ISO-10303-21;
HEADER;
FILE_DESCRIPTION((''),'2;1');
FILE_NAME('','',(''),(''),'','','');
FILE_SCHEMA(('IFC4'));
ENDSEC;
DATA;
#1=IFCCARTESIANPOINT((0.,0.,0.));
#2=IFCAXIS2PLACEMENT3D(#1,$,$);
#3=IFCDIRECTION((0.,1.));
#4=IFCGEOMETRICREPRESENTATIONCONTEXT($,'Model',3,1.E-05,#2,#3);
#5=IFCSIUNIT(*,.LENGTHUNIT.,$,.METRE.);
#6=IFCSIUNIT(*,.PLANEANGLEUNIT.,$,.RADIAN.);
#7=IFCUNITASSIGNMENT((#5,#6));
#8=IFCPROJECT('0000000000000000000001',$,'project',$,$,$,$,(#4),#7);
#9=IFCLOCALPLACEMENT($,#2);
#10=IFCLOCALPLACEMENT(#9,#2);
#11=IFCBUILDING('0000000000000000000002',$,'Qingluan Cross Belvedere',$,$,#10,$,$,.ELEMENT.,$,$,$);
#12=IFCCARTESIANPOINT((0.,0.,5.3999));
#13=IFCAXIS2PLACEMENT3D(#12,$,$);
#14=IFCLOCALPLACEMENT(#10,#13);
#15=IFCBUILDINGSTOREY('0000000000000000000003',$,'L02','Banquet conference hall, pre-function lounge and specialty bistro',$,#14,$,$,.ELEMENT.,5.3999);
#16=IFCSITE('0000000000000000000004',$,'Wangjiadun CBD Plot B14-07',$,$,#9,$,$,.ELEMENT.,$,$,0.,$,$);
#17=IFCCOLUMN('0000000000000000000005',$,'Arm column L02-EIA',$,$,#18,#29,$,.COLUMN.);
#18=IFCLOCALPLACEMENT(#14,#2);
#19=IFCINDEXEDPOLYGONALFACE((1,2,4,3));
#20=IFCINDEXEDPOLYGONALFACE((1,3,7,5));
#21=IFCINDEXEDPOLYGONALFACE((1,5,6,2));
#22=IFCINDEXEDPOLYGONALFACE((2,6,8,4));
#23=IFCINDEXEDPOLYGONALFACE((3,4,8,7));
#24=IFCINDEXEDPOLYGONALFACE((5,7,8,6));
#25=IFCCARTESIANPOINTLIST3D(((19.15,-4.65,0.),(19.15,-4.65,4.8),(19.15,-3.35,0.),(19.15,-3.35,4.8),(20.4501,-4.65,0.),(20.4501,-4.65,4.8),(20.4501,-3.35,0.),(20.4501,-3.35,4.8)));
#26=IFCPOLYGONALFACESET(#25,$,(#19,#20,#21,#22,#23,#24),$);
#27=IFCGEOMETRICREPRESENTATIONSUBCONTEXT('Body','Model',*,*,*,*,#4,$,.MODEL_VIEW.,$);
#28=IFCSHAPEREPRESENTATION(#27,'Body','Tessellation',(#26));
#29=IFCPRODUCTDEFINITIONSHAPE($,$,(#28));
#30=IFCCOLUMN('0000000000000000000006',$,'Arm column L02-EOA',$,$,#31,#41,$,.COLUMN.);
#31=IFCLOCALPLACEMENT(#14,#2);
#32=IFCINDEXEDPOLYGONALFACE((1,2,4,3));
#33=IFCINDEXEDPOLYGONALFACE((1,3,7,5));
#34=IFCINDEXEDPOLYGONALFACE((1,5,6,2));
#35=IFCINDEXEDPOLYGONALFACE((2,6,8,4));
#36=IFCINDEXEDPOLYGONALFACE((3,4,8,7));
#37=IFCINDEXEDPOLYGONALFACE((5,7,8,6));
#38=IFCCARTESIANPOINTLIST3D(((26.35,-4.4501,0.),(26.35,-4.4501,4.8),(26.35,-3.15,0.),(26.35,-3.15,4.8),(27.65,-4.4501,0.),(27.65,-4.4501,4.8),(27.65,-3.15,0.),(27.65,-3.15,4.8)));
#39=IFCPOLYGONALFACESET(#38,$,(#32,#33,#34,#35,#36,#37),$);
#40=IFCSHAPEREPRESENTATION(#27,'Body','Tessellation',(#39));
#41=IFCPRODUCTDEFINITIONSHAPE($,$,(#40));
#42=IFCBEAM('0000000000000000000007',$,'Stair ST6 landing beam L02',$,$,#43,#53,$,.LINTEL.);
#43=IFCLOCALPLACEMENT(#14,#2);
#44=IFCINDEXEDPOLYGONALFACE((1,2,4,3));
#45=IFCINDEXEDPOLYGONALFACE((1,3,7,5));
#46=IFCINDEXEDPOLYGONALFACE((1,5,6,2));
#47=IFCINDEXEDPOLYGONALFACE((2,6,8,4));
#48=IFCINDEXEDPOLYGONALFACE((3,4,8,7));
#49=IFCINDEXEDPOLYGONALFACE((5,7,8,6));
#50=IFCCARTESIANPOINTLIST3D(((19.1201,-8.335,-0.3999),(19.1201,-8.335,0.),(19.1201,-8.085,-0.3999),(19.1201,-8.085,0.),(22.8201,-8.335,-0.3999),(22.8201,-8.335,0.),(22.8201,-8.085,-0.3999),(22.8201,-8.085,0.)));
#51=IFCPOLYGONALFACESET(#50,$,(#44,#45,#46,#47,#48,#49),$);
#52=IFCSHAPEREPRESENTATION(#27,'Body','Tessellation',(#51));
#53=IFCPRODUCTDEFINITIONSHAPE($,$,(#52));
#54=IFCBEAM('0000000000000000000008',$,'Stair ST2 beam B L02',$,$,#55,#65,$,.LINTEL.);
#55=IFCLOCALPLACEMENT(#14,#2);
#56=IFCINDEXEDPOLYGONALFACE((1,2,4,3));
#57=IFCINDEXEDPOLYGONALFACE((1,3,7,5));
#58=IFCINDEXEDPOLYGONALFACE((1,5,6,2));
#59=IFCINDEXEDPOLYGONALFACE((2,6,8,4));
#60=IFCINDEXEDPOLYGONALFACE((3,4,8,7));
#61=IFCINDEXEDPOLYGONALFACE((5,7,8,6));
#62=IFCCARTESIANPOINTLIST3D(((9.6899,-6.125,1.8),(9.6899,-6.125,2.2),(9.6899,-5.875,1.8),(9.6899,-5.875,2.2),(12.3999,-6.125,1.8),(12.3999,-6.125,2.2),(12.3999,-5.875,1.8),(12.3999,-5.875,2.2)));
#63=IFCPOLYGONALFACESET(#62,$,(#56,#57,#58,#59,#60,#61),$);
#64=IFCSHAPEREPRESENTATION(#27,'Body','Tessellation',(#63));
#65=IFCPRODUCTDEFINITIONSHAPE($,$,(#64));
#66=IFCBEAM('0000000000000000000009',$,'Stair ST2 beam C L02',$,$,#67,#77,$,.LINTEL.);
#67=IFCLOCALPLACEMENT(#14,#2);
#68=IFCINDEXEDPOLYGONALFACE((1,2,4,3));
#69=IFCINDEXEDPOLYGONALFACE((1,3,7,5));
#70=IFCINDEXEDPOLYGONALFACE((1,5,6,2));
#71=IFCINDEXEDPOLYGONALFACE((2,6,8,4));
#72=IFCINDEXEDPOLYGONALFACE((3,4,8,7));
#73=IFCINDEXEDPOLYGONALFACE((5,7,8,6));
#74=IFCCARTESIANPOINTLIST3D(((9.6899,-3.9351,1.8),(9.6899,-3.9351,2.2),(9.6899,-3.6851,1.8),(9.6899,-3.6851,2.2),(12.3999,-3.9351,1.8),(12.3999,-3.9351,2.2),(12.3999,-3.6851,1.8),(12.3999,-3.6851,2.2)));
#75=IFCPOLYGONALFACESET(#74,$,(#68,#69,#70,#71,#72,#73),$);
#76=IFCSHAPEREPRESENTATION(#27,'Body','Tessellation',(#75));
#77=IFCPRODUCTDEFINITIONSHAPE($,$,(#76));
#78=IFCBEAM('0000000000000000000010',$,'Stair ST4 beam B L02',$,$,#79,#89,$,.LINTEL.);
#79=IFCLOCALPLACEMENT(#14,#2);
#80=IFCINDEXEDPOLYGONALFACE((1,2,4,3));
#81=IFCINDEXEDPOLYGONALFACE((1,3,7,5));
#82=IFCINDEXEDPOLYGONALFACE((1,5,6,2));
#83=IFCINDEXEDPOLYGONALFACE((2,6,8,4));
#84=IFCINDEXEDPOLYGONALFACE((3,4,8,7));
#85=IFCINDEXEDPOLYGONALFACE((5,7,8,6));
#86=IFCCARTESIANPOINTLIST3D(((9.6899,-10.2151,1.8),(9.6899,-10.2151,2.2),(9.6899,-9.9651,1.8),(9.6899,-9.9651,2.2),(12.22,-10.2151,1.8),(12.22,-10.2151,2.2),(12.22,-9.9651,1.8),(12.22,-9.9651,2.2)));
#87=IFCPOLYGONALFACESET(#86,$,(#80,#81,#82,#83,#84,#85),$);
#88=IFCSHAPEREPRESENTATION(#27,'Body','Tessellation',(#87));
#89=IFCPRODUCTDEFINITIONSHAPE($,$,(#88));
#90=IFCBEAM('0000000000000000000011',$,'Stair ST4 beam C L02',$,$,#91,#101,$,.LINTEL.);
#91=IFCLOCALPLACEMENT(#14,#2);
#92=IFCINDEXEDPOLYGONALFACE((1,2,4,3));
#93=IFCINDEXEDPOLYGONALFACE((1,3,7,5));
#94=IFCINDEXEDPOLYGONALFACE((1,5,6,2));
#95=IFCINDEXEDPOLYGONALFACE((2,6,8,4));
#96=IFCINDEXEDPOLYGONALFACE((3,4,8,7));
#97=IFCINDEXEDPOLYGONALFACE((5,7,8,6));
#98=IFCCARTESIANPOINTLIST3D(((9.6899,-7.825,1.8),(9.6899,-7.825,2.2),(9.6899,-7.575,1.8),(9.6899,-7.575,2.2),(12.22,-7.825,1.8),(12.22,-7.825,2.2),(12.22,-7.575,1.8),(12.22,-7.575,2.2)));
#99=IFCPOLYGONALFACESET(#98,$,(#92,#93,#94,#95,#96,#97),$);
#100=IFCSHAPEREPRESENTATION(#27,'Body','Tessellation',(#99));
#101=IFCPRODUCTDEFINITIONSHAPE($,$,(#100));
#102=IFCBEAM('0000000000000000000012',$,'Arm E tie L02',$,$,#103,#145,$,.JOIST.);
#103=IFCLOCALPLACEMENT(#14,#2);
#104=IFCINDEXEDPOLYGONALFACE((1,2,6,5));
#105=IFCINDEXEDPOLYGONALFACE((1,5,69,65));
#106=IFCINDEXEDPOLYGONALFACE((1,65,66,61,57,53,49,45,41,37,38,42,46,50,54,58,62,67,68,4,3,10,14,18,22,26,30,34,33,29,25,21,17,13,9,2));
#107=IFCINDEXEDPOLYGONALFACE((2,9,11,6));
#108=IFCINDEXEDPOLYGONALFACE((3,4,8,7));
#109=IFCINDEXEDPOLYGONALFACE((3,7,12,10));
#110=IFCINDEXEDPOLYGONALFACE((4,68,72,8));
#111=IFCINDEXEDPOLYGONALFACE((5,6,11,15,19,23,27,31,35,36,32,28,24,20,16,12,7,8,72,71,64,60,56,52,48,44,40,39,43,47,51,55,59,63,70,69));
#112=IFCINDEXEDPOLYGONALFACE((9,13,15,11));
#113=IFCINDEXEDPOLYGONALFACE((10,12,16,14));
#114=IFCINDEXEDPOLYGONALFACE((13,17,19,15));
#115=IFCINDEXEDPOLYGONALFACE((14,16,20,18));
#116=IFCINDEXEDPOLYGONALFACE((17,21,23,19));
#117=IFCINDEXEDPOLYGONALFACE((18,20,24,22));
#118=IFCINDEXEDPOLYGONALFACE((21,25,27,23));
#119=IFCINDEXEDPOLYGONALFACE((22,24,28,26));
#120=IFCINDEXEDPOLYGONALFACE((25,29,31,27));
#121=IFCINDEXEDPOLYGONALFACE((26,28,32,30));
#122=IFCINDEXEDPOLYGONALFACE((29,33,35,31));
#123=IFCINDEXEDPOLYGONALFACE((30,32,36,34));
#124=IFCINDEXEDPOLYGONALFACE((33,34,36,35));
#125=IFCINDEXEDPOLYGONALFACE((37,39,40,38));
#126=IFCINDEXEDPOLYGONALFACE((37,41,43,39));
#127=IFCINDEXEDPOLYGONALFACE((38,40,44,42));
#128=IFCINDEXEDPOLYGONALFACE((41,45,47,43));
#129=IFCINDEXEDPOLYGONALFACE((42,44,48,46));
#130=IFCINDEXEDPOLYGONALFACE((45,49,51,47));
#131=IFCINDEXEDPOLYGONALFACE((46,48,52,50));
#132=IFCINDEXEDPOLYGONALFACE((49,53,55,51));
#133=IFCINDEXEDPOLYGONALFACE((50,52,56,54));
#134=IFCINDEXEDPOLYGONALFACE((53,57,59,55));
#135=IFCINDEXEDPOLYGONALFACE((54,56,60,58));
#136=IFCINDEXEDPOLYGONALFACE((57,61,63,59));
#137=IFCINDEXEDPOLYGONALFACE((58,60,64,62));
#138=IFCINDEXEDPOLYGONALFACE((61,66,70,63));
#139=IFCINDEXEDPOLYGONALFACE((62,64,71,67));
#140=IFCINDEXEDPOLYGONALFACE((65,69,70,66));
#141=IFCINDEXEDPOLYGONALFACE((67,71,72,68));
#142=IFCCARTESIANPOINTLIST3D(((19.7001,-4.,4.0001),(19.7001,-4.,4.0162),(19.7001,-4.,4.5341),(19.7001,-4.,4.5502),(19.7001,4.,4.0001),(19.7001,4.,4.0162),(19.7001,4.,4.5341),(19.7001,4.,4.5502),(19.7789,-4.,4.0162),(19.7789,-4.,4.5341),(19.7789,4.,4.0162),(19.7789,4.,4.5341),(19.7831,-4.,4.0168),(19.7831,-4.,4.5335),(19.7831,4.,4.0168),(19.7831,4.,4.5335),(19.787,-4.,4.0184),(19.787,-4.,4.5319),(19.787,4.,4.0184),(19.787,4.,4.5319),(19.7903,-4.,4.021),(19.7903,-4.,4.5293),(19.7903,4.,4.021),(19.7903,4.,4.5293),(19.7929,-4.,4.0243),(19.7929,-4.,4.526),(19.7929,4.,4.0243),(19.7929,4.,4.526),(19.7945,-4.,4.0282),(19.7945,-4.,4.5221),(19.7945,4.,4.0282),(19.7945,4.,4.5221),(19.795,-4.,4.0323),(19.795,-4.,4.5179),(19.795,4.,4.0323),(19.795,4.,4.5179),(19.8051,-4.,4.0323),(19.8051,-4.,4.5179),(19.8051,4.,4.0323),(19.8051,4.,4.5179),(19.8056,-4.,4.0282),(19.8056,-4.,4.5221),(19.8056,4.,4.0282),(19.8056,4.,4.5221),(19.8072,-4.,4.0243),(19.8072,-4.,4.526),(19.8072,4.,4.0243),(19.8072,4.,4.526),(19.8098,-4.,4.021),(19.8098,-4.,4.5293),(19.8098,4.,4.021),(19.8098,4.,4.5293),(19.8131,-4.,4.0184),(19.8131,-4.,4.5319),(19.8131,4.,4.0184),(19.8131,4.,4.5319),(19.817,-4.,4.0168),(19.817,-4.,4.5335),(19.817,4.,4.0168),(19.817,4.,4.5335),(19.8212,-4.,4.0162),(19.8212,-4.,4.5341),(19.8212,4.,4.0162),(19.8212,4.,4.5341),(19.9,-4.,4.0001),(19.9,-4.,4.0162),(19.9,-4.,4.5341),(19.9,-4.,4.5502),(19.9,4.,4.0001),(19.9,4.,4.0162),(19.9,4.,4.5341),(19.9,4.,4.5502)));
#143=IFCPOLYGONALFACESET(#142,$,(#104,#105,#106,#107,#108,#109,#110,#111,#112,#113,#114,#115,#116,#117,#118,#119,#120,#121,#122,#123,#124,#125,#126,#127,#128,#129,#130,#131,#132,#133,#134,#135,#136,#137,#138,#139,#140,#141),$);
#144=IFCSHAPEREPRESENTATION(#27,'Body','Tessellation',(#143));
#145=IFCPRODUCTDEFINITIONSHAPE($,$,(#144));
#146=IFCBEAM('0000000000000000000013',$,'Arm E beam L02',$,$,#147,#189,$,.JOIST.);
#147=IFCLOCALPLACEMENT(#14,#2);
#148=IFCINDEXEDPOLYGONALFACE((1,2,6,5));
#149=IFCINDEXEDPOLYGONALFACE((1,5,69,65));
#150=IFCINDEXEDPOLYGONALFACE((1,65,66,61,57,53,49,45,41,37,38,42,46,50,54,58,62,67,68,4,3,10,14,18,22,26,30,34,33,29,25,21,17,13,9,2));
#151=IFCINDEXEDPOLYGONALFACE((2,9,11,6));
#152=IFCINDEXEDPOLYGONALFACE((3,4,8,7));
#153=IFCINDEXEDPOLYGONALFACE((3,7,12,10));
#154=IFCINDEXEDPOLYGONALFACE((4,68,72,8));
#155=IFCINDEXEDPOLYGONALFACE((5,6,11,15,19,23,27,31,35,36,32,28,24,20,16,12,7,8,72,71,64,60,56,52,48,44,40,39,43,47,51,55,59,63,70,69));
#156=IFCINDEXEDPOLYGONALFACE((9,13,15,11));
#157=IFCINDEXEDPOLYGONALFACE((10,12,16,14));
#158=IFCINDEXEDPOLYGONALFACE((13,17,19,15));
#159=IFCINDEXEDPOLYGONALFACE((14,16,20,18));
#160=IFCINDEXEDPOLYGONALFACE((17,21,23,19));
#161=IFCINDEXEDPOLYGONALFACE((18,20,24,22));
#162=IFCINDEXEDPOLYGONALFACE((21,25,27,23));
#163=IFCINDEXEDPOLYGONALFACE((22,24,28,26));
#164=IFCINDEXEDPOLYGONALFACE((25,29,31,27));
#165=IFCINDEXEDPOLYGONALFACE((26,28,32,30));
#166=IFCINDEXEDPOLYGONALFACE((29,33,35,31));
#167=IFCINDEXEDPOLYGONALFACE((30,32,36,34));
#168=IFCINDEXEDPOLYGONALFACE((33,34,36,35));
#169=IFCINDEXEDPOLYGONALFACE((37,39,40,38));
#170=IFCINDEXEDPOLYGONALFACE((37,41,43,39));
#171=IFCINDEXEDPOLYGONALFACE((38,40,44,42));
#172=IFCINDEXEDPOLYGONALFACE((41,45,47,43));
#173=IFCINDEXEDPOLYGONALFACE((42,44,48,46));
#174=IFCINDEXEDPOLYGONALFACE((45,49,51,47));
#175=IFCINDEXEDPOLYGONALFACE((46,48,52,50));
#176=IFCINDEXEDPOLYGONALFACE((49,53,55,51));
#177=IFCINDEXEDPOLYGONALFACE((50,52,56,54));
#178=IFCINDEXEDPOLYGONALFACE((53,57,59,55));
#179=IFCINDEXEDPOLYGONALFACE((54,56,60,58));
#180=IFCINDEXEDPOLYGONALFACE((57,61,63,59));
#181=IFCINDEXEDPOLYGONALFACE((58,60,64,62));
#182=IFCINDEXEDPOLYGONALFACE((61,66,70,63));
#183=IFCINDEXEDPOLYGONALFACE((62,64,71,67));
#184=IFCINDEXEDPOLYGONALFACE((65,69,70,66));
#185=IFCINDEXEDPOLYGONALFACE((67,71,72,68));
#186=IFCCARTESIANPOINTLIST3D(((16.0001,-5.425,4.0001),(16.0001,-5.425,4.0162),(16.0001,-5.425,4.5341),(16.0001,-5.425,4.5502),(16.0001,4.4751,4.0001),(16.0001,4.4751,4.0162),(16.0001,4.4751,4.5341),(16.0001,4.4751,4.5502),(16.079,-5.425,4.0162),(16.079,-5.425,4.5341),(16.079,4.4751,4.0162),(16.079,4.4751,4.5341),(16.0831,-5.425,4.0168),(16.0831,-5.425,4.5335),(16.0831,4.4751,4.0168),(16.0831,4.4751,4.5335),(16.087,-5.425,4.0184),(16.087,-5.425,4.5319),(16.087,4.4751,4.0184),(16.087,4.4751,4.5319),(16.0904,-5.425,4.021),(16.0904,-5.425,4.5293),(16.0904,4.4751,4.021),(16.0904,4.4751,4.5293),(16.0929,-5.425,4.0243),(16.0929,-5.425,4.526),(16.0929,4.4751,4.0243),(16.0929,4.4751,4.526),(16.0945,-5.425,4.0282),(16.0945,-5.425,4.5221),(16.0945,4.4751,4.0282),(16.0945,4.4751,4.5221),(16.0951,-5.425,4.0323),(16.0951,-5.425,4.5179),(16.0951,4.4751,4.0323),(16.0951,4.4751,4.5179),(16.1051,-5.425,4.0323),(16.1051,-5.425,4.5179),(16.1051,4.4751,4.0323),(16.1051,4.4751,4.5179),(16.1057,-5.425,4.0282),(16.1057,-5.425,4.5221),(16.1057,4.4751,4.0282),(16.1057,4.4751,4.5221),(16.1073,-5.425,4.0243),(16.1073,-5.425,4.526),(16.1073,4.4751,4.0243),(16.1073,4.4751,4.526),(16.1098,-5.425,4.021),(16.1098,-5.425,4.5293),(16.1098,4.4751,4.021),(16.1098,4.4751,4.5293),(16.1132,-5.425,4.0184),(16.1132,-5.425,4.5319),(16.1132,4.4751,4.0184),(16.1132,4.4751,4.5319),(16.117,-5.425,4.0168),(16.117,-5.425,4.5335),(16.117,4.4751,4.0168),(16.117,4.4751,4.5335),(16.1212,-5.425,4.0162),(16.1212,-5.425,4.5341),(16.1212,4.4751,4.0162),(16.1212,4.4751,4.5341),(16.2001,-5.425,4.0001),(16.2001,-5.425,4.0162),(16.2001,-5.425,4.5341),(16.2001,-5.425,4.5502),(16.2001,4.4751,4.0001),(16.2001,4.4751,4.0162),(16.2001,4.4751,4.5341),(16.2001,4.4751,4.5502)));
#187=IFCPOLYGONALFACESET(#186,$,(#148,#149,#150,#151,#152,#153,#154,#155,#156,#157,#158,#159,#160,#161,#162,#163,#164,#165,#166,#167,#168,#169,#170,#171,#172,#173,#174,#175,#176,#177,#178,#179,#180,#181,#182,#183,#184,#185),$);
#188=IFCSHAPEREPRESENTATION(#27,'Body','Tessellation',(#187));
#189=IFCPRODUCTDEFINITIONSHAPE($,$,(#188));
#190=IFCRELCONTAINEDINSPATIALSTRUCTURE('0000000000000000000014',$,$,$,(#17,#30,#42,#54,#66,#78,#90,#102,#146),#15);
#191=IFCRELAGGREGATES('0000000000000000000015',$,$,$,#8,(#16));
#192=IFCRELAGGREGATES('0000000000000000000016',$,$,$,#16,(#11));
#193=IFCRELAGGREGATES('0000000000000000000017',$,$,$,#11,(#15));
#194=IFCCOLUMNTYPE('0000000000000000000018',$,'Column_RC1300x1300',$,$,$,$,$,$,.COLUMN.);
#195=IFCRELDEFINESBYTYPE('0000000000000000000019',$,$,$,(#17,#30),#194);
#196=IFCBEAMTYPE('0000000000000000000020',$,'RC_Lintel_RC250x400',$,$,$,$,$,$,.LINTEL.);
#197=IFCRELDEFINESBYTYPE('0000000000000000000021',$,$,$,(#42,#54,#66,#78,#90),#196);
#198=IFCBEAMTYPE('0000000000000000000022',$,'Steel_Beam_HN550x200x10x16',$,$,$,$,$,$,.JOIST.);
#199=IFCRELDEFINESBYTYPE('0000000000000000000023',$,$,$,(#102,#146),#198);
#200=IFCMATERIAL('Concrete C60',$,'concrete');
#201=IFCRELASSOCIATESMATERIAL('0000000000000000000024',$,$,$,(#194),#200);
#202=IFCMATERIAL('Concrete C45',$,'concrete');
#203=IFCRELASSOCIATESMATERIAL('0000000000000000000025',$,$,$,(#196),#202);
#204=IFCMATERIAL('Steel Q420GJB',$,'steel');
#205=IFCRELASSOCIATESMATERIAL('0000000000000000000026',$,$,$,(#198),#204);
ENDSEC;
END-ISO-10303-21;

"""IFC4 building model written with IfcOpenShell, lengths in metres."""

from ifc_helpers import new_model, si_unit, direction, frame, origin, origin_2d, place, context, subcontext, project, spatial, rectangle, i_section, extrude, material, material_profile, profile_set, type_object, element, save


model = new_model("IFC4")

# Units and contexts
model_context = context("Model", 3, precision=1e-05, world=origin(), true_north=direction((0.0, 1.0)))
body_context = subcontext(model_context, "Body", "Model", "MODEL_VIEW")
ifc_project = project(units=[si_unit("LENGTHUNIT", "METRE"), si_unit("PLANEANGLEUNIT", "RADIAN")], contexts=[model_context])

# Site, building, storey
site_placement = place(None, origin())
site = spatial("IfcSite", under=ifc_project, at=site_placement, Name="Wangjiadun CBD Plot B14-07", CompositionType="ELEMENT", RefElevation=0.0)
building_placement = place(site_placement, origin())
building = spatial("IfcBuilding", under=site, at=building_placement, Name="Qingluan Cross Belvedere", CompositionType="ELEMENT")
storey_placement = place(building_placement, frame((0.0, 0.0, 5.3999)))
storey = spatial("IfcBuildingStorey", under=building, at=storey_placement, Name="L02", Description="Banquet conference hall, pre-function lounge and specialty bistro", CompositionType="ELEMENT", Elevation=5.3999)

# Columns
ifc_material_1 = material(Name="Concrete C60", Category="concrete")
ifc_material_profile_1 = material_profile(ifc_material_1, rectangle(XDim=1.3, YDim=1.3, at=origin_2d()), Name="RC1300x1300")
ifc_profile_set_1 = profile_set([ifc_material_profile_1], Name="Concrete C60")
column_type = type_object("IfcColumnType", Name="Column_RC1300x1300", PredefinedType="COLUMN", material=ifc_profile_set_1)
for number, where, z_axis, x_axis, name in (
    (1, (19.8, -4.0, 0.0), (0.0, 0.0, 1.0), (1.0, 0.0, 0.0), "Arm column L02-EIA"),
    (2, (27.0, -3.8, 0.0), (0.0, 0.0, 1.0), (1.0, 0.0, 0.0), "Arm column L02-EOA"),
):
    element("IfcColumn", number, at=place(storey_placement, frame(where, z_axis=z_axis, x_axis=x_axis)), inside=storey, type_object=column_type, Name=name, PredefinedType="COLUMN", context=body_context, shape_type="SweptSolid", body=[
        extrude(rectangle(XDim=1.3, YDim=1.3, at=origin_2d()), origin(), (0.0, 0.0, 1.0), 4.8),
    ])

# Beams
ifc_material_2 = material(Name="Concrete C45", Category="concrete")
ifc_material_profile_2 = material_profile(ifc_material_2, rectangle(XDim=0.25, YDim=0.3999, at=origin_2d()), Name="RC250x400")
ifc_profile_set_2 = profile_set([ifc_material_profile_2], Name="Concrete C45")
beam_type_1 = type_object("IfcBeamType", Name="RC_Lintel_RC250x400", PredefinedType="LINTEL", material=ifc_profile_set_2)
beam_1_placement = place(storey_placement, frame((19.1201, -8.21, -0.2), z_axis=(1.0, 0.0, 0.0), x_axis=(0.0, 1.0, 0.0)))
element("IfcBeam", 3, at=beam_1_placement, inside=storey, type_object=beam_type_1, Name="Stair ST6 landing beam L02", PredefinedType="LINTEL", context=body_context, shape_type="SweptSolid", body=[
    extrude(rectangle(XDim=0.25, YDim=0.3999, at=origin_2d()), origin(), (0.0, 0.0, 1.0), 3.7),
])
for number, where, z_axis, x_axis, name in (
    (4, (12.3999, -6.0, 2.0), (-1.0, 0.0, 0.0), (0.0, -1.0, 0.0), "Stair ST2 beam B L02"),
    (5, (12.3999, -3.8101, 2.0), (-1.0, 0.0, 0.0), (0.0, -1.0, 0.0), "Stair ST2 beam C L02"),
):
    element("IfcBeam", number, at=place(storey_placement, frame(where, z_axis=z_axis, x_axis=x_axis)), inside=storey, type_object=beam_type_1, Name=name, PredefinedType="LINTEL", context=body_context, shape_type="SweptSolid", body=[
        extrude(rectangle(XDim=0.25, YDim=0.3999, at=origin_2d()), origin(), (0.0, 0.0, 1.0), 2.71),
    ])
for number, where, z_axis, x_axis, name in (
    (6, (12.22, -10.0901, 2.0), (-1.0, 0.0, 0.0), (0.0, -1.0, 0.0), "Stair ST4 beam B L02"),
    (7, (12.22, -7.7, 2.0), (-1.0, 0.0, 0.0), (0.0, -1.0, 0.0), "Stair ST4 beam C L02"),
):
    element("IfcBeam", number, at=place(storey_placement, frame(where, z_axis=z_axis, x_axis=x_axis)), inside=storey, type_object=beam_type_1, Name=name, PredefinedType="LINTEL", context=body_context, shape_type="SweptSolid", body=[
        extrude(rectangle(XDim=0.25, YDim=0.3999, at=origin_2d()), origin(), (0.0, 0.0, 1.0), 2.53),
    ])
ifc_material_3 = material(Name="Steel Q420GJB", Category="steel")
ifc_material_profile_3 = material_profile(ifc_material_3, i_section(OverallWidth=0.2, OverallDepth=0.55, WebThickness=0.01, FlangeThickness=0.0161, FilletRadius=0.0161, at=origin_2d()), Name="HN550x200x10x16")
ifc_profile_set_3 = profile_set([ifc_material_profile_3], Name="Steel Q420GJB")
beam_type_2 = type_object("IfcBeamType", Name="Steel_Beam_HN550x200x10x16", PredefinedType="JOIST", material=ifc_profile_set_3)
beam_2_placement = place(storey_placement, frame((19.8, -4.0, 4.2751), z_axis=(0.0, 1.0, 0.0), x_axis=(-1.0, 0.0, 0.0)))
element("IfcBeam", 8, at=beam_2_placement, inside=storey, type_object=beam_type_2, Name="Arm E tie L02", PredefinedType="JOIST", context=body_context, shape_type="SweptSolid", body=[
    extrude(i_section(OverallWidth=0.2, OverallDepth=0.55, WebThickness=0.01, FlangeThickness=0.0161, FilletRadius=0.0161, at=origin_2d()), origin(), (0.0, 0.0, 1.0), 8.0),
])
beam_3_placement = place(storey_placement, frame((16.1001, -5.425, 4.2751), z_axis=(0.0, 1.0, 0.0), x_axis=(-1.0, 0.0, 0.0)))
element("IfcBeam", 9, at=beam_3_placement, inside=storey, type_object=beam_type_2, Name="Arm E beam L02", PredefinedType="JOIST", context=body_context, shape_type="SweptSolid", body=[
    extrude(i_section(OverallWidth=0.2, OverallDepth=0.55, WebThickness=0.01, FlangeThickness=0.0161, FilletRadius=0.0161, at=origin_2d()), origin(), (0.0, 0.0, 1.0), 9.9001),
])

save(model, "model.ifc")
